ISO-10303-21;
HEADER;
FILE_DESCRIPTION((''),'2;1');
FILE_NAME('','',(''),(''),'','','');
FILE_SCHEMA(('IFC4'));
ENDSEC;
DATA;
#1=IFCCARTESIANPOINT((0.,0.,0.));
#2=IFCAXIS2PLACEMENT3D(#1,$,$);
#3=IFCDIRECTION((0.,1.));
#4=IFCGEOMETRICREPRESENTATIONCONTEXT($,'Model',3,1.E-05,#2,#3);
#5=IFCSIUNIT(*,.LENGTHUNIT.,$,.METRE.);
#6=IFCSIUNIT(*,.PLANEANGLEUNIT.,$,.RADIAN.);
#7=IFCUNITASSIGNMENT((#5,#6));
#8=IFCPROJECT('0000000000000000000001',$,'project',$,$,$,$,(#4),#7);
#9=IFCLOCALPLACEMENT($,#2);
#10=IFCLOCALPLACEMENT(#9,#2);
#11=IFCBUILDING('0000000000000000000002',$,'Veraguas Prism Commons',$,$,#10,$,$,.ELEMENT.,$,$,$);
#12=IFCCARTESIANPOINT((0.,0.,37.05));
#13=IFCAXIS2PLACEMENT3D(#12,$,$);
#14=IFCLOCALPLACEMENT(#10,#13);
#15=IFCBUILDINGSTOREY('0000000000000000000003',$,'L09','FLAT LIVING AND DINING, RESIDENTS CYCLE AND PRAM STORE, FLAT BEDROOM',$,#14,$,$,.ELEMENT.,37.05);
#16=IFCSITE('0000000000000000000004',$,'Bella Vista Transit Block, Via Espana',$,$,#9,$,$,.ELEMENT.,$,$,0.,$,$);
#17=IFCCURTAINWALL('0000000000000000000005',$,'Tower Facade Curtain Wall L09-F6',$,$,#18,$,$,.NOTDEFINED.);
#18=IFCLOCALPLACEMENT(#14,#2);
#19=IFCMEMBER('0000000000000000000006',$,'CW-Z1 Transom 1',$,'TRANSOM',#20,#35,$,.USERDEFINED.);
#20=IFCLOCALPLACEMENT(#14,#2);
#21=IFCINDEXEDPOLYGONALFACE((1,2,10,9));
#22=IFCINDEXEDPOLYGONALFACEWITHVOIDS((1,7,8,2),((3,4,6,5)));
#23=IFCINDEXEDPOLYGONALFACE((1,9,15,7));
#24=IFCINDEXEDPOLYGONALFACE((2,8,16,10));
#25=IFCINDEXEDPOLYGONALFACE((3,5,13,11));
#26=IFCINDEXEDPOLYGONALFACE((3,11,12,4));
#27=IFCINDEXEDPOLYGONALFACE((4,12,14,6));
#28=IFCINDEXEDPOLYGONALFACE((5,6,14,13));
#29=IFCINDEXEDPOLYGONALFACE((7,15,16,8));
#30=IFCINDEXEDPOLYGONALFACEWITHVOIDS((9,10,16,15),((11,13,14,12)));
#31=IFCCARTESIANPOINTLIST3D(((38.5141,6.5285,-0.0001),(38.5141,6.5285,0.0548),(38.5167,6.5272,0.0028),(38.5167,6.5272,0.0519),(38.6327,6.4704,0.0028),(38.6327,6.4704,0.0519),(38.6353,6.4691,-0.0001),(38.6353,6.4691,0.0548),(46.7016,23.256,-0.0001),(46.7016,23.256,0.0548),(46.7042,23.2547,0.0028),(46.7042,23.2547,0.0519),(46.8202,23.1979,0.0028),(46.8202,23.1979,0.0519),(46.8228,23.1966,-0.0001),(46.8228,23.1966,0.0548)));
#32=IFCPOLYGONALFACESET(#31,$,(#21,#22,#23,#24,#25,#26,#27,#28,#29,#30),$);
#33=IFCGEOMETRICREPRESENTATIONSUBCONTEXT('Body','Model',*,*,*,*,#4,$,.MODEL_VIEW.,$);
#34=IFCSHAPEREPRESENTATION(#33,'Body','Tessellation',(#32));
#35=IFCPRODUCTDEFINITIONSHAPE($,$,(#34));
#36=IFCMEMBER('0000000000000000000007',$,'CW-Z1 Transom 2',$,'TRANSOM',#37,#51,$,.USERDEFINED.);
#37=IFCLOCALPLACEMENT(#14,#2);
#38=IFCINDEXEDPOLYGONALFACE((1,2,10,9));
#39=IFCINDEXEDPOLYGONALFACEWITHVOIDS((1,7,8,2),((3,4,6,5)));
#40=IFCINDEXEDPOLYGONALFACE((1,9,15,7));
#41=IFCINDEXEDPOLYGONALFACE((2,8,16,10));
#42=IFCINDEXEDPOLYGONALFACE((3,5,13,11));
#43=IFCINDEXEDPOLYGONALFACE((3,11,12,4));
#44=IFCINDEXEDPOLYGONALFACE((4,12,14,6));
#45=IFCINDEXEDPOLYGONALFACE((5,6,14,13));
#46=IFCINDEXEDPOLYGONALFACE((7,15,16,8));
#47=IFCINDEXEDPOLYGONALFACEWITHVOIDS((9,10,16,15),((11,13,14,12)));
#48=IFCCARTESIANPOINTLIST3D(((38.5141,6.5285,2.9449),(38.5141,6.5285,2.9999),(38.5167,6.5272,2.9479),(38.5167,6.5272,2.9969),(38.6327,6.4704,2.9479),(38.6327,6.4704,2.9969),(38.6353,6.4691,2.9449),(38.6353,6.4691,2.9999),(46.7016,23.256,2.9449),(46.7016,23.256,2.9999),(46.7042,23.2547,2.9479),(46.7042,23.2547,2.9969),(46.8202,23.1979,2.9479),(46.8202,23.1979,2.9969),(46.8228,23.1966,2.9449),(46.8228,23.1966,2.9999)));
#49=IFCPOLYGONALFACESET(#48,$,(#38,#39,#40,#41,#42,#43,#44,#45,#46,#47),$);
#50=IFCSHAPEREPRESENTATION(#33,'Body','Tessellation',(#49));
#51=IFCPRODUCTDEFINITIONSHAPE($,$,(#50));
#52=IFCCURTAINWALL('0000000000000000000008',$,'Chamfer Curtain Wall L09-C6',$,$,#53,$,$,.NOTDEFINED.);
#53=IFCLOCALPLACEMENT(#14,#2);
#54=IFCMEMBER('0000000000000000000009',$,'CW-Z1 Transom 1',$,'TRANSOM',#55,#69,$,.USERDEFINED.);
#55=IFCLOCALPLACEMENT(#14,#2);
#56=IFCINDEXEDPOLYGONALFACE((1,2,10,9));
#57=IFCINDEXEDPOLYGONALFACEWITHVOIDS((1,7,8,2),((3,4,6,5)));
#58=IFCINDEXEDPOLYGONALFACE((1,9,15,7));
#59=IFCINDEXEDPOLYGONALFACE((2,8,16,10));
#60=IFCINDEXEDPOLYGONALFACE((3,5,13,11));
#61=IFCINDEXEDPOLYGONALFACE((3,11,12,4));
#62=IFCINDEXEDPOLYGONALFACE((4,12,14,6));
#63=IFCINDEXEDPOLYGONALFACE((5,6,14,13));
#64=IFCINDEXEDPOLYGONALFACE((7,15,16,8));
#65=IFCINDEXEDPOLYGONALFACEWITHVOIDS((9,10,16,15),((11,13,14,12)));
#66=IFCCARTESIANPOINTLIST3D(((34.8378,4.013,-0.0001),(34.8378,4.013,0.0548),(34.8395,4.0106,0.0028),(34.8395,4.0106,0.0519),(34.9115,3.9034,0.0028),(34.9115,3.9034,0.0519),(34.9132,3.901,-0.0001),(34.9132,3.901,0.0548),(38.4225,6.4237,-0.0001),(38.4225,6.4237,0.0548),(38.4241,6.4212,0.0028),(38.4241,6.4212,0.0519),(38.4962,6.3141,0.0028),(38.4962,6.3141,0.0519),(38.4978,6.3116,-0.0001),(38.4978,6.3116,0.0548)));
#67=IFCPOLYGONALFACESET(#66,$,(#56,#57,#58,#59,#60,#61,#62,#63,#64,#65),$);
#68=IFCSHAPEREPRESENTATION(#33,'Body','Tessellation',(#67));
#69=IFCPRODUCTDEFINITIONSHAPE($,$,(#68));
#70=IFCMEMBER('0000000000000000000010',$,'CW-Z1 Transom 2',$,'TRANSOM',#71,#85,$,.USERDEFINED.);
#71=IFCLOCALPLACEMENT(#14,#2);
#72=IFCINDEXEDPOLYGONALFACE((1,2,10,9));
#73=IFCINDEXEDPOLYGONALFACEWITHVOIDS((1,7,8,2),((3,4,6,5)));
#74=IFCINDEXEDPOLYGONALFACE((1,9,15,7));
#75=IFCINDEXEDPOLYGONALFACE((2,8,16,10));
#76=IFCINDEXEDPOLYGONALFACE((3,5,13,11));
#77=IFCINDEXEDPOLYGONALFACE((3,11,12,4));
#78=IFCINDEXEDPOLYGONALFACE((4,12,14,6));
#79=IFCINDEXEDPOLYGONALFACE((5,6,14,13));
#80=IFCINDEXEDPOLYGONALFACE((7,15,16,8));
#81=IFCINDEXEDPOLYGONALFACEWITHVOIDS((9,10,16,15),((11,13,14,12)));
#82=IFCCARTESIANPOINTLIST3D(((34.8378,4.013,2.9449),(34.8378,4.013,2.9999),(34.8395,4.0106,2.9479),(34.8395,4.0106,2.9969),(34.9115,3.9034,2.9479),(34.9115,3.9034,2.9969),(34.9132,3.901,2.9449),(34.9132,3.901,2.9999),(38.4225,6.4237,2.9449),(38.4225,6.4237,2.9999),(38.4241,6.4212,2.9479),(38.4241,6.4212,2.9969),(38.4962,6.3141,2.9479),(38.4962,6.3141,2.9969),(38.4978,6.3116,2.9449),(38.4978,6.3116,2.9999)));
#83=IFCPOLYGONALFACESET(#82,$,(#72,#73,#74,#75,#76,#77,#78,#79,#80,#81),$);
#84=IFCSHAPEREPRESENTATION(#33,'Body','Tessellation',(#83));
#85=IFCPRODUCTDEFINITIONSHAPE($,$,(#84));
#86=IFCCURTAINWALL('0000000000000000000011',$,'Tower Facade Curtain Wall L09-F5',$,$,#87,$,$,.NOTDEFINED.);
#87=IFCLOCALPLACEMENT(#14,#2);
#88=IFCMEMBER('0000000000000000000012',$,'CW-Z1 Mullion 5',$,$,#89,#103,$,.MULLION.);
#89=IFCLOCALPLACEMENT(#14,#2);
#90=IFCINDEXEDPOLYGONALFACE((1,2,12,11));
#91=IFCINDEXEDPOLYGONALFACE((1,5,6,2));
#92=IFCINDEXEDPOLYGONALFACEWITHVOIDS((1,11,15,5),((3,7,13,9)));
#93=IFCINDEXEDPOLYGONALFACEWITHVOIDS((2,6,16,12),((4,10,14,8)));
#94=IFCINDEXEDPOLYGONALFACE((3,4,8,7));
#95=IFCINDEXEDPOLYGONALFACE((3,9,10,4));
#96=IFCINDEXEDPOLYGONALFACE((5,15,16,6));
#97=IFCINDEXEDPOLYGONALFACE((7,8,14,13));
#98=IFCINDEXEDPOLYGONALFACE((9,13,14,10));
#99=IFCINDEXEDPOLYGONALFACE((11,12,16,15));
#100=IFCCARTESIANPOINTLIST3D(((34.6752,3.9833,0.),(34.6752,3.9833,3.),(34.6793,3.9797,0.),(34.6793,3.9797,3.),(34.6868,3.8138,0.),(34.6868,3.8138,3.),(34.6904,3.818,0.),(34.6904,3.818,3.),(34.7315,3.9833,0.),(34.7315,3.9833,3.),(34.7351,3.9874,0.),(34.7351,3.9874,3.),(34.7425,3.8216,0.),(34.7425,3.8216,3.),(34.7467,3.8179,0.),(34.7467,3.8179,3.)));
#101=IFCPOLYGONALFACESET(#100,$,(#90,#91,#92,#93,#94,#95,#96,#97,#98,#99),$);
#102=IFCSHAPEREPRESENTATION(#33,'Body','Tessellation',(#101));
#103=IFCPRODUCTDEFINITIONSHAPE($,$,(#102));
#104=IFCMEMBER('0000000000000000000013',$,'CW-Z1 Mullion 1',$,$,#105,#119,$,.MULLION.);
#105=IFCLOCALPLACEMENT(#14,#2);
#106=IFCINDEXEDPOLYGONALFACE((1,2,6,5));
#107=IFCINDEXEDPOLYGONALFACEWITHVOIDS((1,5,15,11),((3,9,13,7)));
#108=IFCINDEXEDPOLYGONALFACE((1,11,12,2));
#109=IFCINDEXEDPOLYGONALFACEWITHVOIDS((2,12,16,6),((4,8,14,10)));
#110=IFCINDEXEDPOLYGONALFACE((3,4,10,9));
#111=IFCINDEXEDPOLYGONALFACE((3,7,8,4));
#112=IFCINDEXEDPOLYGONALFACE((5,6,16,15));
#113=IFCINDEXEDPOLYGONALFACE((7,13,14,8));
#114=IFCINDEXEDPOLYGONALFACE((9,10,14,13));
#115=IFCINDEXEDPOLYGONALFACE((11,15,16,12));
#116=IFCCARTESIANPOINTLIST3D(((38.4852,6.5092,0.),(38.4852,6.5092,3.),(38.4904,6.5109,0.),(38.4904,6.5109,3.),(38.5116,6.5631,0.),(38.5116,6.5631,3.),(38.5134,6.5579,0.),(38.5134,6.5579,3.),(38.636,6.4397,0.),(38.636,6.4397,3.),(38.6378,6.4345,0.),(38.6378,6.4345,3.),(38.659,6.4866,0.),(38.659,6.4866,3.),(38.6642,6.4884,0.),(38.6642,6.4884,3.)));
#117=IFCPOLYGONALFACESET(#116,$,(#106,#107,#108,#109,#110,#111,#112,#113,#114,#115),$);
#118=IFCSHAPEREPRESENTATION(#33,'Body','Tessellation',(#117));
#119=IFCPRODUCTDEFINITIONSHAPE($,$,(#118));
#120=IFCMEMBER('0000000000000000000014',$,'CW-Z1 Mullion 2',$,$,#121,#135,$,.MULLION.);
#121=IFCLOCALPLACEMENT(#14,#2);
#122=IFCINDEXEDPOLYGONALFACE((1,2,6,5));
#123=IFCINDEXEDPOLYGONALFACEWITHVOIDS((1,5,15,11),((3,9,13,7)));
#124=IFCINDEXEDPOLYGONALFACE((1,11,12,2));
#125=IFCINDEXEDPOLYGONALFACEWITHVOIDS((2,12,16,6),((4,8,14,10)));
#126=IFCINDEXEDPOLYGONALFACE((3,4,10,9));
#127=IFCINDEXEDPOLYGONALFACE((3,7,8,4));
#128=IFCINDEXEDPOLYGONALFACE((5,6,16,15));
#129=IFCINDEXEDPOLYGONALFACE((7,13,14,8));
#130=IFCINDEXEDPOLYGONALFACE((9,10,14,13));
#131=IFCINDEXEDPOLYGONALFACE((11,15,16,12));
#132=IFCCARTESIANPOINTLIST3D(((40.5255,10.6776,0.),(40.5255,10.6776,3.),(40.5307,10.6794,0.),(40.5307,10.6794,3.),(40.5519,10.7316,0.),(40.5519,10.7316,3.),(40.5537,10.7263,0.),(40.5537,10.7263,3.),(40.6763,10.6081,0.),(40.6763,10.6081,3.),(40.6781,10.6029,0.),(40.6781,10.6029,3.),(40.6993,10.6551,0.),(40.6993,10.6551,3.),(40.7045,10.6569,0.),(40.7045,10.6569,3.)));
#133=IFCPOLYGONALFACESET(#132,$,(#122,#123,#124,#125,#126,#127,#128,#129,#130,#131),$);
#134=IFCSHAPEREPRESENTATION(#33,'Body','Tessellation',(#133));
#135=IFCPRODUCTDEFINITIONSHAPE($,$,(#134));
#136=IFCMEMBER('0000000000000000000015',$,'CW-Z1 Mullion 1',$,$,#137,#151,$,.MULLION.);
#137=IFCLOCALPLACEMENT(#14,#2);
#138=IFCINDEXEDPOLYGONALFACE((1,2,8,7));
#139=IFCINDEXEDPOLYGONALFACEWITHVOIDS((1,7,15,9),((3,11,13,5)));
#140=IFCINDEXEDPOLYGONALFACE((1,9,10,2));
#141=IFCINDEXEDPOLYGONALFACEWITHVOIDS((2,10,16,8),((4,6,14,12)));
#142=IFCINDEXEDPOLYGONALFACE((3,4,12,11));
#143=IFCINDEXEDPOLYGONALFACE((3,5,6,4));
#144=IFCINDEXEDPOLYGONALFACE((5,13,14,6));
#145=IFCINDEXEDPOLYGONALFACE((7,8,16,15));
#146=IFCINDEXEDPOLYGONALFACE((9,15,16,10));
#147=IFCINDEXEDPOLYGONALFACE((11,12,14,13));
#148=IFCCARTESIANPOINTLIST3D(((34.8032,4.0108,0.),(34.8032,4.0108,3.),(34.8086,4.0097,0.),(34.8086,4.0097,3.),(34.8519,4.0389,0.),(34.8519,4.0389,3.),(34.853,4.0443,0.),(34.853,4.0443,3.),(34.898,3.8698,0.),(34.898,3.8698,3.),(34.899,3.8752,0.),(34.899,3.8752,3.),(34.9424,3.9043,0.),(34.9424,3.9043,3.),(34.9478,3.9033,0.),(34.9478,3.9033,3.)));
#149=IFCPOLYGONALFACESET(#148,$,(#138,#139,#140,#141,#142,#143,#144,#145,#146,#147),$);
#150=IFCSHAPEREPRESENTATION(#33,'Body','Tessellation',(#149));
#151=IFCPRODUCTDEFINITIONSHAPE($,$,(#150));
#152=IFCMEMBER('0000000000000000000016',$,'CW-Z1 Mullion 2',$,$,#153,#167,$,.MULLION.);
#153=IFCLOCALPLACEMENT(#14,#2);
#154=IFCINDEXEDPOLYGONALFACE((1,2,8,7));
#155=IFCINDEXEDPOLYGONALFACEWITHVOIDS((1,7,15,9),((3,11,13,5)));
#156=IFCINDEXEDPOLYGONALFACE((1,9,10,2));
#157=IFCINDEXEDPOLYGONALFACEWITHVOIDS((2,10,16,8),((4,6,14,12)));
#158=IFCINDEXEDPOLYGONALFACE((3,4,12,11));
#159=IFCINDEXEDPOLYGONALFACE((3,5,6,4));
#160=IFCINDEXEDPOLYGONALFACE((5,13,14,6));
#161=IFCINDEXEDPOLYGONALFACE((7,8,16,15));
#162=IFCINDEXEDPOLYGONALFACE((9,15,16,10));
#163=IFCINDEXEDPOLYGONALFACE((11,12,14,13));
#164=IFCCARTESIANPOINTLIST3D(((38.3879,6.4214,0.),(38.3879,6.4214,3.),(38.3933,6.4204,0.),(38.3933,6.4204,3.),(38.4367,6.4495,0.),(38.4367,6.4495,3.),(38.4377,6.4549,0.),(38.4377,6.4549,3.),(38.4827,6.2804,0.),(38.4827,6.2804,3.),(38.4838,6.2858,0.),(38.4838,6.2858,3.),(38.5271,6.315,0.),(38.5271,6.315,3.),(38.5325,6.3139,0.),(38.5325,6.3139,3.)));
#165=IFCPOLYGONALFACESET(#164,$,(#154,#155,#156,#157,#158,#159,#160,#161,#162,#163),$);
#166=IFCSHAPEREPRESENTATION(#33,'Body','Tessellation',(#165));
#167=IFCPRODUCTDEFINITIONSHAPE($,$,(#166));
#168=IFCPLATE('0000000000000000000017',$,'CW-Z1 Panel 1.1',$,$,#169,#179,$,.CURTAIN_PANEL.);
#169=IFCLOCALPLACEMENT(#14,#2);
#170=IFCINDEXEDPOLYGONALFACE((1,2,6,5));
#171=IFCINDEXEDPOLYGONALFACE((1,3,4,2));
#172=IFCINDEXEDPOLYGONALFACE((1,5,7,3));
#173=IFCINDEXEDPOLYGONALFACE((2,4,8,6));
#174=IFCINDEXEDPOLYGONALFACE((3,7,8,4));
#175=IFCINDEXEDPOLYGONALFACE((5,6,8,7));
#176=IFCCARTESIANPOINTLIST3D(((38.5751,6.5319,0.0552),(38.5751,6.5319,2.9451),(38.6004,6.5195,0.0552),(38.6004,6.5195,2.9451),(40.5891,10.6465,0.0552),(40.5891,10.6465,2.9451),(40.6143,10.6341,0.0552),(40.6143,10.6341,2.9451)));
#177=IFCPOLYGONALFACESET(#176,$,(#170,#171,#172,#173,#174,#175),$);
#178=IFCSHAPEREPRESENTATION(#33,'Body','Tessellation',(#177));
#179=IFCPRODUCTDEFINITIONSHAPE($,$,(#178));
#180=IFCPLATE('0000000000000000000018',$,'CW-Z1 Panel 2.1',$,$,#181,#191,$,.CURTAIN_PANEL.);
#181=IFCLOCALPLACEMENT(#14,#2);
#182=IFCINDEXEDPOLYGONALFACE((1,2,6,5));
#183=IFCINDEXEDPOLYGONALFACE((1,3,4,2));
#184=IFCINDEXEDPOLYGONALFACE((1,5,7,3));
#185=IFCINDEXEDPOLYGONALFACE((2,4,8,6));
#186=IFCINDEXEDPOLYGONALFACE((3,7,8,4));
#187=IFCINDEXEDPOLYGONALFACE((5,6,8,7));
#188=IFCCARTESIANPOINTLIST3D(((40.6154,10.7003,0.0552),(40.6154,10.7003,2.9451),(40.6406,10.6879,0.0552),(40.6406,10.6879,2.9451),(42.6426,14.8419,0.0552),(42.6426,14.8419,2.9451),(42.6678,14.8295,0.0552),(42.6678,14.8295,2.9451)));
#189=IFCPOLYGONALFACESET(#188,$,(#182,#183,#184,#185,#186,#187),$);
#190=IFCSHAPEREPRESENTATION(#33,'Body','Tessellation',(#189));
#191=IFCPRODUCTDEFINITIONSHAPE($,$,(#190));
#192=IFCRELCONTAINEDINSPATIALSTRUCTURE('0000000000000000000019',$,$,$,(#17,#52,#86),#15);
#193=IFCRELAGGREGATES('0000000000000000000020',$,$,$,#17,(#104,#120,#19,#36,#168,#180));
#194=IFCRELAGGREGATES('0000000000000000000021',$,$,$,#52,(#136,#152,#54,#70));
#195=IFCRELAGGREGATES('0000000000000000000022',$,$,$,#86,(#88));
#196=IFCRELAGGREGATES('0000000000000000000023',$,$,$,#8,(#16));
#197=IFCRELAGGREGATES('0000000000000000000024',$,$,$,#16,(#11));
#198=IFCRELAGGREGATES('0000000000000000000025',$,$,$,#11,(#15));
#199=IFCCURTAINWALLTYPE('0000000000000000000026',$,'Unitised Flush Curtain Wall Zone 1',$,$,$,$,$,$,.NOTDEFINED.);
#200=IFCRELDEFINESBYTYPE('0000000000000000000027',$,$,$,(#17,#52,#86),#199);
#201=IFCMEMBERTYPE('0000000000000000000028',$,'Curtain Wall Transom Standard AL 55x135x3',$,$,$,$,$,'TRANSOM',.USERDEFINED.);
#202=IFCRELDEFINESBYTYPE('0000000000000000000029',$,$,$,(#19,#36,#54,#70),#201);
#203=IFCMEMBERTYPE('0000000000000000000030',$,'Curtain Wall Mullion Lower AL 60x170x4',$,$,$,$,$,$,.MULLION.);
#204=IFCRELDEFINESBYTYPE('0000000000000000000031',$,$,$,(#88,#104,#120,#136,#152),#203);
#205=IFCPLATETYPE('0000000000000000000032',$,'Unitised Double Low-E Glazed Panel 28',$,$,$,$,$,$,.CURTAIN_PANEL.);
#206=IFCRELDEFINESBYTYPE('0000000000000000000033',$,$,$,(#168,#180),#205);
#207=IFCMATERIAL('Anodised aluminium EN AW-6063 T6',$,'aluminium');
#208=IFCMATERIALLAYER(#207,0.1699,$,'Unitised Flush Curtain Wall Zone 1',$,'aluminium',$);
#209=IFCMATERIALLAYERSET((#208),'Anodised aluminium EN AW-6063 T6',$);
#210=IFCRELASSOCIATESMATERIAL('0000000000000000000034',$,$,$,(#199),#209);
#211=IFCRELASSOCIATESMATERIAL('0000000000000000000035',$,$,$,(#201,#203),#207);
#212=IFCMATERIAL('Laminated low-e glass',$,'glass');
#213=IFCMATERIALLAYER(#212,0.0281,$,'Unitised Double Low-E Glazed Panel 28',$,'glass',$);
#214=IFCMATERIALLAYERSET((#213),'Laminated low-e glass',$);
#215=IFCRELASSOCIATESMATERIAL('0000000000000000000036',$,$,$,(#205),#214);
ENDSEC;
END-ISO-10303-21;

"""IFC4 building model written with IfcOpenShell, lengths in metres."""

from ifc_helpers import new_model, si_unit, direction, frame, origin, origin_2d, place, context, subcontext, project, spatial, rectangle, hollow_rectangle, extrude, source, transform, mapped, material, layer, layer_set, material_profile, profile_set, type_object, element, aggregate, save


model = new_model("IFC4")

# Units and contexts
model_context = context("Model", 3, precision=1e-05, world=origin(), true_north=direction((0.0, 1.0)))
body_context = subcontext(model_context, "Body", "Model", "MODEL_VIEW")
ifc_project = project(units=[si_unit("LENGTHUNIT", "METRE"), si_unit("PLANEANGLEUNIT", "RADIAN")], contexts=[model_context])

# Site, building, storey
site_placement = place(None, origin())
site = spatial("IfcSite", under=ifc_project, at=site_placement, Name="Bella Vista Transit Block, Via Espana", CompositionType="ELEMENT", RefElevation=0.0)
building_placement = place(site_placement, origin())
building = spatial("IfcBuilding", under=site, at=building_placement, Name="Veraguas Prism Commons", CompositionType="ELEMENT")
storey_placement = place(building_placement, frame((0.0, 0.0, 37.05)))
storey = spatial("IfcBuildingStorey", under=building, at=storey_placement, Name="L09", Description="FLAT LIVING AND DINING, RESIDENTS CYCLE AND PRAM STORE, FLAT BEDROOM", CompositionType="ELEMENT", Elevation=37.05)

# Curtain walls, members
ifc_material_1 = material(Name="Anodised aluminium EN AW-6063 T6", Category="aluminium")
ifc_layer_1 = layer(ifc_material_1, 0.1699, Name="Unitised Flush Curtain Wall Zone 1", Category="aluminium")
ifc_layer_set_1 = layer_set([ifc_layer_1], Name="Anodised aluminium EN AW-6063 T6")
curtain_wall_type = type_object("IfcCurtainWallType", Name="Unitised Flush Curtain Wall Zone 1", PredefinedType="NOTDEFINED", material=ifc_layer_set_1)
curtain_wall_1_placement = place(storey_placement, origin())
curtain_wall_1 = element("IfcCurtainWall", 1, at=curtain_wall_1_placement, inside=storey, type_object=curtain_wall_type, Name="Tower Facade Curtain Wall L09-F6", PredefinedType="NOTDEFINED")
ifc_material_profile_1 = material_profile(ifc_material_1, hollow_rectangle(XDim=0.0549, YDim=0.135, WallThickness=0.0029, at=origin_2d()), Name="AL55X135X3")
ifc_profile_set_1 = profile_set([ifc_material_profile_1], Name="Anodised aluminium EN AW-6063 T6")
member_type_1 = type_object("IfcMemberType", Name="Curtain Wall Transom Standard AL 55x135x3", ElementType="TRANSOM", PredefinedType="USERDEFINED", material=ifc_profile_set_1)
shared_shape_1 = source(origin(), body_context, "Body", "SweptSolid", [
    extrude(hollow_rectangle(XDim=0.0549, YDim=0.135, WallThickness=0.0029, at=origin_2d()), origin(), (0.0, 0.0, 1.0), 18.6238),
])
member_1_placement = place(storey_placement, frame((38.5747, 6.4988, 0.0273), z_axis=(0.439626, 0.898181, 0.0), x_axis=(0.0, 0.0, 1.0)))
member_1 = element("IfcMember", 2, at=member_1_placement, type_object=member_type_1, Name="CW-Z1 Transom 1", ObjectType="TRANSOM", PredefinedType="USERDEFINED", context=body_context, shape_type="MappedRepresentation", body=[
    mapped(shared_shape_1, transform((0.0, 0.0, 0.0), scale=1.0)),
])
member_2_placement = place(storey_placement, frame((38.5747, 6.4988, 2.9724), z_axis=(0.439626, 0.898181, 0.0), x_axis=(0.0, 0.0, 1.0)))
member_2 = element("IfcMember", 3, at=member_2_placement, type_object=member_type_1, Name="CW-Z1 Transom 2", ObjectType="TRANSOM", PredefinedType="USERDEFINED", context=body_context, shape_type="MappedRepresentation", body=[
    mapped(shared_shape_1, transform((0.0, 0.0, 0.0), scale=1.0)),
])
curtain_wall_2_placement = place(storey_placement, origin())
curtain_wall_2 = element("IfcCurtainWall", 4, at=curtain_wall_2_placement, inside=storey, type_object=curtain_wall_type, Name="Chamfer Curtain Wall L09-C6", PredefinedType="NOTDEFINED")
shared_shape_2 = source(origin(), body_context, "Body", "SweptSolid", [
    extrude(hollow_rectangle(XDim=0.0549, YDim=0.135, WallThickness=0.0029, at=origin_2d()), origin(), (0.0, 0.0, 1.0), 4.3198),
])
member_3_placement = place(storey_placement, frame((34.8755, 3.957, 0.0273), z_axis=(0.829818, 0.558034, 0.0), x_axis=(0.0, 0.0, 1.0)))
member_3 = element("IfcMember", 5, at=member_3_placement, type_object=member_type_1, Name="CW-Z1 Transom 1", ObjectType="TRANSOM", PredefinedType="USERDEFINED", context=body_context, shape_type="MappedRepresentation", body=[
    mapped(shared_shape_2, transform((0.0, 0.0, 0.0), scale=1.0)),
])
member_4_placement = place(storey_placement, frame((34.8755, 3.957, 2.9724), z_axis=(0.829818, 0.558034, 0.0), x_axis=(0.0, 0.0, 1.0)))
member_4 = element("IfcMember", 6, at=member_4_placement, type_object=member_type_1, Name="CW-Z1 Transom 2", ObjectType="TRANSOM", PredefinedType="USERDEFINED", context=body_context, shape_type="MappedRepresentation", body=[
    mapped(shared_shape_2, transform((0.0, 0.0, 0.0), scale=1.0)),
])

# Curtain wall, member
curtain_wall_3_placement = place(storey_placement, origin())
curtain_wall_3 = element("IfcCurtainWall", 7, at=curtain_wall_3_placement, inside=storey, type_object=curtain_wall_type, Name="Tower Facade Curtain Wall L09-F5", PredefinedType="NOTDEFINED")
ifc_material_profile_2 = material_profile(ifc_material_1, hollow_rectangle(XDim=0.0601, YDim=0.1699, WallThickness=0.0039, at=origin_2d()), Name="AL60X170X4")
ifc_profile_set_2 = profile_set([ifc_material_profile_2], Name="Anodised aluminium EN AW-6063 T6")
member_type_2 = type_object("IfcMemberType", Name="Curtain Wall Mullion Lower AL 60x170x4", PredefinedType="MULLION", material=ifc_profile_set_2)
shared_shape_3 = source(origin(), body_context, "Body", "SweptSolid", [
    extrude(hollow_rectangle(XDim=0.0601, YDim=0.1699, WallThickness=0.0039, at=origin_2d()), origin(), (0.0, 0.0, 1.0), 3.0),
])
member_5_placement = place(storey_placement, frame((34.7109, 3.9006, 0.0), z_axis=(0.0, 0.0, 1.0), x_axis=(0.99766, 0.068364, 0.0)))
member_5 = element("IfcMember", 8, at=member_5_placement, type_object=member_type_2, Name="CW-Z1 Mullion 5", PredefinedType="MULLION", context=body_context, shape_type="MappedRepresentation", body=[
    mapped(shared_shape_3, transform((0.0, 0.0, 0.0), scale=1.0)),
])

# Members
member_6_placement = place(storey_placement, frame((38.5747, 6.4988, 0.0), z_axis=(0.0, 0.0, 1.0), x_axis=(0.439626, 0.898181, 0.0)))
member_6 = element("IfcMember", 9, at=member_6_placement, type_object=member_type_2, Name="CW-Z1 Mullion 1", PredefinedType="MULLION", context=body_context, shape_type="MappedRepresentation", body=[
    mapped(shared_shape_3, transform((0.0, 0.0, 0.0), scale=1.0)),
])
member_7_placement = place(storey_placement, frame((40.615, 10.6672, 0.0), z_axis=(0.0, 0.0, 1.0), x_axis=(0.439626, 0.898181, 0.0)))
member_7 = element("IfcMember", 10, at=member_7_placement, type_object=member_type_2, Name="CW-Z1 Mullion 2", PredefinedType="MULLION", context=body_context, shape_type="MappedRepresentation", body=[
    mapped(shared_shape_3, transform((0.0, 0.0, 0.0), scale=1.0)),
])
member_8_placement = place(storey_placement, frame((34.8755, 3.957, 0.0), z_axis=(0.0, 0.0, 1.0), x_axis=(0.829827, 0.55802, 0.0)))
member_8 = element("IfcMember", 11, at=member_8_placement, type_object=member_type_2, Name="CW-Z1 Mullion 1", PredefinedType="MULLION", context=body_context, shape_type="MappedRepresentation", body=[
    mapped(shared_shape_3, transform((0.0, 0.0, 0.0), scale=1.0)),
])
member_9_placement = place(storey_placement, frame((38.4602, 6.3677, 0.0), z_axis=(0.0, 0.0, 1.0), x_axis=(0.829827, 0.55802, 0.0)))
member_9 = element("IfcMember", 12, at=member_9_placement, type_object=member_type_2, Name="CW-Z1 Mullion 2", PredefinedType="MULLION", context=body_context, shape_type="MappedRepresentation", body=[
    mapped(shared_shape_3, transform((0.0, 0.0, 0.0), scale=1.0)),
])

# Plates
ifc_material_2 = material(Name="Laminated low-e glass", Category="glass")
ifc_layer_2 = layer(ifc_material_2, 0.0281, Name="Unitised Double Low-E Glazed Panel 28", Category="glass")
ifc_layer_set_2 = layer_set([ifc_layer_2], Name="Laminated low-e glass")
plate_type = type_object("IfcPlateType", Name="Unitised Double Low-E Glazed Panel 28", PredefinedType="CURTAIN_PANEL", material=ifc_layer_set_2)
shared_shape_4 = source(origin(), body_context, "Body", "SweptSolid", [
    extrude(rectangle(XDim=4.5811, YDim=0.0281, at=origin_2d()), origin(), (0.0, 0.0, 1.0), 2.8899),
])
plate_1_placement = place(storey_placement, frame((39.5947, 8.583, 0.0552), z_axis=(0.0, 0.0, 1.0), x_axis=(0.439626, 0.898181, 0.0)))
plate_1 = element("IfcPlate", 13, at=plate_1_placement, type_object=plate_type, Name="CW-Z1 Panel 1.1", PredefinedType="CURTAIN_PANEL", context=body_context, shape_type="MappedRepresentation", body=[
    mapped(shared_shape_4, transform((0.0, 0.0, 0.0), scale=1.0)),
])
shared_shape_5 = source(origin(), body_context, "Body", "SweptSolid", [
    extrude(rectangle(XDim=4.6111, YDim=0.0281, at=origin_2d()), origin(), (0.0, 0.0, 1.0), 2.8899),
])
plate_2_placement = place(storey_placement, frame((41.6416, 12.7649, 0.0552), z_axis=(0.0, 0.0, 1.0), x_axis=(0.439626, 0.898181, 0.0)))
plate_2 = element("IfcPlate", 14, at=plate_2_placement, type_object=plate_type, Name="CW-Z1 Panel 2.1", PredefinedType="CURTAIN_PANEL", context=body_context, shape_type="MappedRepresentation", body=[
    mapped(shared_shape_5, transform((0.0, 0.0, 0.0), scale=1.0)),
])
aggregate(curtain_wall_1, [member_6, member_7, member_1, member_2, plate_1, plate_2])
aggregate(curtain_wall_2, [member_8, member_9, member_3, member_4])
aggregate(curtain_wall_3, [member_5])

save(model, "model.ifc")
